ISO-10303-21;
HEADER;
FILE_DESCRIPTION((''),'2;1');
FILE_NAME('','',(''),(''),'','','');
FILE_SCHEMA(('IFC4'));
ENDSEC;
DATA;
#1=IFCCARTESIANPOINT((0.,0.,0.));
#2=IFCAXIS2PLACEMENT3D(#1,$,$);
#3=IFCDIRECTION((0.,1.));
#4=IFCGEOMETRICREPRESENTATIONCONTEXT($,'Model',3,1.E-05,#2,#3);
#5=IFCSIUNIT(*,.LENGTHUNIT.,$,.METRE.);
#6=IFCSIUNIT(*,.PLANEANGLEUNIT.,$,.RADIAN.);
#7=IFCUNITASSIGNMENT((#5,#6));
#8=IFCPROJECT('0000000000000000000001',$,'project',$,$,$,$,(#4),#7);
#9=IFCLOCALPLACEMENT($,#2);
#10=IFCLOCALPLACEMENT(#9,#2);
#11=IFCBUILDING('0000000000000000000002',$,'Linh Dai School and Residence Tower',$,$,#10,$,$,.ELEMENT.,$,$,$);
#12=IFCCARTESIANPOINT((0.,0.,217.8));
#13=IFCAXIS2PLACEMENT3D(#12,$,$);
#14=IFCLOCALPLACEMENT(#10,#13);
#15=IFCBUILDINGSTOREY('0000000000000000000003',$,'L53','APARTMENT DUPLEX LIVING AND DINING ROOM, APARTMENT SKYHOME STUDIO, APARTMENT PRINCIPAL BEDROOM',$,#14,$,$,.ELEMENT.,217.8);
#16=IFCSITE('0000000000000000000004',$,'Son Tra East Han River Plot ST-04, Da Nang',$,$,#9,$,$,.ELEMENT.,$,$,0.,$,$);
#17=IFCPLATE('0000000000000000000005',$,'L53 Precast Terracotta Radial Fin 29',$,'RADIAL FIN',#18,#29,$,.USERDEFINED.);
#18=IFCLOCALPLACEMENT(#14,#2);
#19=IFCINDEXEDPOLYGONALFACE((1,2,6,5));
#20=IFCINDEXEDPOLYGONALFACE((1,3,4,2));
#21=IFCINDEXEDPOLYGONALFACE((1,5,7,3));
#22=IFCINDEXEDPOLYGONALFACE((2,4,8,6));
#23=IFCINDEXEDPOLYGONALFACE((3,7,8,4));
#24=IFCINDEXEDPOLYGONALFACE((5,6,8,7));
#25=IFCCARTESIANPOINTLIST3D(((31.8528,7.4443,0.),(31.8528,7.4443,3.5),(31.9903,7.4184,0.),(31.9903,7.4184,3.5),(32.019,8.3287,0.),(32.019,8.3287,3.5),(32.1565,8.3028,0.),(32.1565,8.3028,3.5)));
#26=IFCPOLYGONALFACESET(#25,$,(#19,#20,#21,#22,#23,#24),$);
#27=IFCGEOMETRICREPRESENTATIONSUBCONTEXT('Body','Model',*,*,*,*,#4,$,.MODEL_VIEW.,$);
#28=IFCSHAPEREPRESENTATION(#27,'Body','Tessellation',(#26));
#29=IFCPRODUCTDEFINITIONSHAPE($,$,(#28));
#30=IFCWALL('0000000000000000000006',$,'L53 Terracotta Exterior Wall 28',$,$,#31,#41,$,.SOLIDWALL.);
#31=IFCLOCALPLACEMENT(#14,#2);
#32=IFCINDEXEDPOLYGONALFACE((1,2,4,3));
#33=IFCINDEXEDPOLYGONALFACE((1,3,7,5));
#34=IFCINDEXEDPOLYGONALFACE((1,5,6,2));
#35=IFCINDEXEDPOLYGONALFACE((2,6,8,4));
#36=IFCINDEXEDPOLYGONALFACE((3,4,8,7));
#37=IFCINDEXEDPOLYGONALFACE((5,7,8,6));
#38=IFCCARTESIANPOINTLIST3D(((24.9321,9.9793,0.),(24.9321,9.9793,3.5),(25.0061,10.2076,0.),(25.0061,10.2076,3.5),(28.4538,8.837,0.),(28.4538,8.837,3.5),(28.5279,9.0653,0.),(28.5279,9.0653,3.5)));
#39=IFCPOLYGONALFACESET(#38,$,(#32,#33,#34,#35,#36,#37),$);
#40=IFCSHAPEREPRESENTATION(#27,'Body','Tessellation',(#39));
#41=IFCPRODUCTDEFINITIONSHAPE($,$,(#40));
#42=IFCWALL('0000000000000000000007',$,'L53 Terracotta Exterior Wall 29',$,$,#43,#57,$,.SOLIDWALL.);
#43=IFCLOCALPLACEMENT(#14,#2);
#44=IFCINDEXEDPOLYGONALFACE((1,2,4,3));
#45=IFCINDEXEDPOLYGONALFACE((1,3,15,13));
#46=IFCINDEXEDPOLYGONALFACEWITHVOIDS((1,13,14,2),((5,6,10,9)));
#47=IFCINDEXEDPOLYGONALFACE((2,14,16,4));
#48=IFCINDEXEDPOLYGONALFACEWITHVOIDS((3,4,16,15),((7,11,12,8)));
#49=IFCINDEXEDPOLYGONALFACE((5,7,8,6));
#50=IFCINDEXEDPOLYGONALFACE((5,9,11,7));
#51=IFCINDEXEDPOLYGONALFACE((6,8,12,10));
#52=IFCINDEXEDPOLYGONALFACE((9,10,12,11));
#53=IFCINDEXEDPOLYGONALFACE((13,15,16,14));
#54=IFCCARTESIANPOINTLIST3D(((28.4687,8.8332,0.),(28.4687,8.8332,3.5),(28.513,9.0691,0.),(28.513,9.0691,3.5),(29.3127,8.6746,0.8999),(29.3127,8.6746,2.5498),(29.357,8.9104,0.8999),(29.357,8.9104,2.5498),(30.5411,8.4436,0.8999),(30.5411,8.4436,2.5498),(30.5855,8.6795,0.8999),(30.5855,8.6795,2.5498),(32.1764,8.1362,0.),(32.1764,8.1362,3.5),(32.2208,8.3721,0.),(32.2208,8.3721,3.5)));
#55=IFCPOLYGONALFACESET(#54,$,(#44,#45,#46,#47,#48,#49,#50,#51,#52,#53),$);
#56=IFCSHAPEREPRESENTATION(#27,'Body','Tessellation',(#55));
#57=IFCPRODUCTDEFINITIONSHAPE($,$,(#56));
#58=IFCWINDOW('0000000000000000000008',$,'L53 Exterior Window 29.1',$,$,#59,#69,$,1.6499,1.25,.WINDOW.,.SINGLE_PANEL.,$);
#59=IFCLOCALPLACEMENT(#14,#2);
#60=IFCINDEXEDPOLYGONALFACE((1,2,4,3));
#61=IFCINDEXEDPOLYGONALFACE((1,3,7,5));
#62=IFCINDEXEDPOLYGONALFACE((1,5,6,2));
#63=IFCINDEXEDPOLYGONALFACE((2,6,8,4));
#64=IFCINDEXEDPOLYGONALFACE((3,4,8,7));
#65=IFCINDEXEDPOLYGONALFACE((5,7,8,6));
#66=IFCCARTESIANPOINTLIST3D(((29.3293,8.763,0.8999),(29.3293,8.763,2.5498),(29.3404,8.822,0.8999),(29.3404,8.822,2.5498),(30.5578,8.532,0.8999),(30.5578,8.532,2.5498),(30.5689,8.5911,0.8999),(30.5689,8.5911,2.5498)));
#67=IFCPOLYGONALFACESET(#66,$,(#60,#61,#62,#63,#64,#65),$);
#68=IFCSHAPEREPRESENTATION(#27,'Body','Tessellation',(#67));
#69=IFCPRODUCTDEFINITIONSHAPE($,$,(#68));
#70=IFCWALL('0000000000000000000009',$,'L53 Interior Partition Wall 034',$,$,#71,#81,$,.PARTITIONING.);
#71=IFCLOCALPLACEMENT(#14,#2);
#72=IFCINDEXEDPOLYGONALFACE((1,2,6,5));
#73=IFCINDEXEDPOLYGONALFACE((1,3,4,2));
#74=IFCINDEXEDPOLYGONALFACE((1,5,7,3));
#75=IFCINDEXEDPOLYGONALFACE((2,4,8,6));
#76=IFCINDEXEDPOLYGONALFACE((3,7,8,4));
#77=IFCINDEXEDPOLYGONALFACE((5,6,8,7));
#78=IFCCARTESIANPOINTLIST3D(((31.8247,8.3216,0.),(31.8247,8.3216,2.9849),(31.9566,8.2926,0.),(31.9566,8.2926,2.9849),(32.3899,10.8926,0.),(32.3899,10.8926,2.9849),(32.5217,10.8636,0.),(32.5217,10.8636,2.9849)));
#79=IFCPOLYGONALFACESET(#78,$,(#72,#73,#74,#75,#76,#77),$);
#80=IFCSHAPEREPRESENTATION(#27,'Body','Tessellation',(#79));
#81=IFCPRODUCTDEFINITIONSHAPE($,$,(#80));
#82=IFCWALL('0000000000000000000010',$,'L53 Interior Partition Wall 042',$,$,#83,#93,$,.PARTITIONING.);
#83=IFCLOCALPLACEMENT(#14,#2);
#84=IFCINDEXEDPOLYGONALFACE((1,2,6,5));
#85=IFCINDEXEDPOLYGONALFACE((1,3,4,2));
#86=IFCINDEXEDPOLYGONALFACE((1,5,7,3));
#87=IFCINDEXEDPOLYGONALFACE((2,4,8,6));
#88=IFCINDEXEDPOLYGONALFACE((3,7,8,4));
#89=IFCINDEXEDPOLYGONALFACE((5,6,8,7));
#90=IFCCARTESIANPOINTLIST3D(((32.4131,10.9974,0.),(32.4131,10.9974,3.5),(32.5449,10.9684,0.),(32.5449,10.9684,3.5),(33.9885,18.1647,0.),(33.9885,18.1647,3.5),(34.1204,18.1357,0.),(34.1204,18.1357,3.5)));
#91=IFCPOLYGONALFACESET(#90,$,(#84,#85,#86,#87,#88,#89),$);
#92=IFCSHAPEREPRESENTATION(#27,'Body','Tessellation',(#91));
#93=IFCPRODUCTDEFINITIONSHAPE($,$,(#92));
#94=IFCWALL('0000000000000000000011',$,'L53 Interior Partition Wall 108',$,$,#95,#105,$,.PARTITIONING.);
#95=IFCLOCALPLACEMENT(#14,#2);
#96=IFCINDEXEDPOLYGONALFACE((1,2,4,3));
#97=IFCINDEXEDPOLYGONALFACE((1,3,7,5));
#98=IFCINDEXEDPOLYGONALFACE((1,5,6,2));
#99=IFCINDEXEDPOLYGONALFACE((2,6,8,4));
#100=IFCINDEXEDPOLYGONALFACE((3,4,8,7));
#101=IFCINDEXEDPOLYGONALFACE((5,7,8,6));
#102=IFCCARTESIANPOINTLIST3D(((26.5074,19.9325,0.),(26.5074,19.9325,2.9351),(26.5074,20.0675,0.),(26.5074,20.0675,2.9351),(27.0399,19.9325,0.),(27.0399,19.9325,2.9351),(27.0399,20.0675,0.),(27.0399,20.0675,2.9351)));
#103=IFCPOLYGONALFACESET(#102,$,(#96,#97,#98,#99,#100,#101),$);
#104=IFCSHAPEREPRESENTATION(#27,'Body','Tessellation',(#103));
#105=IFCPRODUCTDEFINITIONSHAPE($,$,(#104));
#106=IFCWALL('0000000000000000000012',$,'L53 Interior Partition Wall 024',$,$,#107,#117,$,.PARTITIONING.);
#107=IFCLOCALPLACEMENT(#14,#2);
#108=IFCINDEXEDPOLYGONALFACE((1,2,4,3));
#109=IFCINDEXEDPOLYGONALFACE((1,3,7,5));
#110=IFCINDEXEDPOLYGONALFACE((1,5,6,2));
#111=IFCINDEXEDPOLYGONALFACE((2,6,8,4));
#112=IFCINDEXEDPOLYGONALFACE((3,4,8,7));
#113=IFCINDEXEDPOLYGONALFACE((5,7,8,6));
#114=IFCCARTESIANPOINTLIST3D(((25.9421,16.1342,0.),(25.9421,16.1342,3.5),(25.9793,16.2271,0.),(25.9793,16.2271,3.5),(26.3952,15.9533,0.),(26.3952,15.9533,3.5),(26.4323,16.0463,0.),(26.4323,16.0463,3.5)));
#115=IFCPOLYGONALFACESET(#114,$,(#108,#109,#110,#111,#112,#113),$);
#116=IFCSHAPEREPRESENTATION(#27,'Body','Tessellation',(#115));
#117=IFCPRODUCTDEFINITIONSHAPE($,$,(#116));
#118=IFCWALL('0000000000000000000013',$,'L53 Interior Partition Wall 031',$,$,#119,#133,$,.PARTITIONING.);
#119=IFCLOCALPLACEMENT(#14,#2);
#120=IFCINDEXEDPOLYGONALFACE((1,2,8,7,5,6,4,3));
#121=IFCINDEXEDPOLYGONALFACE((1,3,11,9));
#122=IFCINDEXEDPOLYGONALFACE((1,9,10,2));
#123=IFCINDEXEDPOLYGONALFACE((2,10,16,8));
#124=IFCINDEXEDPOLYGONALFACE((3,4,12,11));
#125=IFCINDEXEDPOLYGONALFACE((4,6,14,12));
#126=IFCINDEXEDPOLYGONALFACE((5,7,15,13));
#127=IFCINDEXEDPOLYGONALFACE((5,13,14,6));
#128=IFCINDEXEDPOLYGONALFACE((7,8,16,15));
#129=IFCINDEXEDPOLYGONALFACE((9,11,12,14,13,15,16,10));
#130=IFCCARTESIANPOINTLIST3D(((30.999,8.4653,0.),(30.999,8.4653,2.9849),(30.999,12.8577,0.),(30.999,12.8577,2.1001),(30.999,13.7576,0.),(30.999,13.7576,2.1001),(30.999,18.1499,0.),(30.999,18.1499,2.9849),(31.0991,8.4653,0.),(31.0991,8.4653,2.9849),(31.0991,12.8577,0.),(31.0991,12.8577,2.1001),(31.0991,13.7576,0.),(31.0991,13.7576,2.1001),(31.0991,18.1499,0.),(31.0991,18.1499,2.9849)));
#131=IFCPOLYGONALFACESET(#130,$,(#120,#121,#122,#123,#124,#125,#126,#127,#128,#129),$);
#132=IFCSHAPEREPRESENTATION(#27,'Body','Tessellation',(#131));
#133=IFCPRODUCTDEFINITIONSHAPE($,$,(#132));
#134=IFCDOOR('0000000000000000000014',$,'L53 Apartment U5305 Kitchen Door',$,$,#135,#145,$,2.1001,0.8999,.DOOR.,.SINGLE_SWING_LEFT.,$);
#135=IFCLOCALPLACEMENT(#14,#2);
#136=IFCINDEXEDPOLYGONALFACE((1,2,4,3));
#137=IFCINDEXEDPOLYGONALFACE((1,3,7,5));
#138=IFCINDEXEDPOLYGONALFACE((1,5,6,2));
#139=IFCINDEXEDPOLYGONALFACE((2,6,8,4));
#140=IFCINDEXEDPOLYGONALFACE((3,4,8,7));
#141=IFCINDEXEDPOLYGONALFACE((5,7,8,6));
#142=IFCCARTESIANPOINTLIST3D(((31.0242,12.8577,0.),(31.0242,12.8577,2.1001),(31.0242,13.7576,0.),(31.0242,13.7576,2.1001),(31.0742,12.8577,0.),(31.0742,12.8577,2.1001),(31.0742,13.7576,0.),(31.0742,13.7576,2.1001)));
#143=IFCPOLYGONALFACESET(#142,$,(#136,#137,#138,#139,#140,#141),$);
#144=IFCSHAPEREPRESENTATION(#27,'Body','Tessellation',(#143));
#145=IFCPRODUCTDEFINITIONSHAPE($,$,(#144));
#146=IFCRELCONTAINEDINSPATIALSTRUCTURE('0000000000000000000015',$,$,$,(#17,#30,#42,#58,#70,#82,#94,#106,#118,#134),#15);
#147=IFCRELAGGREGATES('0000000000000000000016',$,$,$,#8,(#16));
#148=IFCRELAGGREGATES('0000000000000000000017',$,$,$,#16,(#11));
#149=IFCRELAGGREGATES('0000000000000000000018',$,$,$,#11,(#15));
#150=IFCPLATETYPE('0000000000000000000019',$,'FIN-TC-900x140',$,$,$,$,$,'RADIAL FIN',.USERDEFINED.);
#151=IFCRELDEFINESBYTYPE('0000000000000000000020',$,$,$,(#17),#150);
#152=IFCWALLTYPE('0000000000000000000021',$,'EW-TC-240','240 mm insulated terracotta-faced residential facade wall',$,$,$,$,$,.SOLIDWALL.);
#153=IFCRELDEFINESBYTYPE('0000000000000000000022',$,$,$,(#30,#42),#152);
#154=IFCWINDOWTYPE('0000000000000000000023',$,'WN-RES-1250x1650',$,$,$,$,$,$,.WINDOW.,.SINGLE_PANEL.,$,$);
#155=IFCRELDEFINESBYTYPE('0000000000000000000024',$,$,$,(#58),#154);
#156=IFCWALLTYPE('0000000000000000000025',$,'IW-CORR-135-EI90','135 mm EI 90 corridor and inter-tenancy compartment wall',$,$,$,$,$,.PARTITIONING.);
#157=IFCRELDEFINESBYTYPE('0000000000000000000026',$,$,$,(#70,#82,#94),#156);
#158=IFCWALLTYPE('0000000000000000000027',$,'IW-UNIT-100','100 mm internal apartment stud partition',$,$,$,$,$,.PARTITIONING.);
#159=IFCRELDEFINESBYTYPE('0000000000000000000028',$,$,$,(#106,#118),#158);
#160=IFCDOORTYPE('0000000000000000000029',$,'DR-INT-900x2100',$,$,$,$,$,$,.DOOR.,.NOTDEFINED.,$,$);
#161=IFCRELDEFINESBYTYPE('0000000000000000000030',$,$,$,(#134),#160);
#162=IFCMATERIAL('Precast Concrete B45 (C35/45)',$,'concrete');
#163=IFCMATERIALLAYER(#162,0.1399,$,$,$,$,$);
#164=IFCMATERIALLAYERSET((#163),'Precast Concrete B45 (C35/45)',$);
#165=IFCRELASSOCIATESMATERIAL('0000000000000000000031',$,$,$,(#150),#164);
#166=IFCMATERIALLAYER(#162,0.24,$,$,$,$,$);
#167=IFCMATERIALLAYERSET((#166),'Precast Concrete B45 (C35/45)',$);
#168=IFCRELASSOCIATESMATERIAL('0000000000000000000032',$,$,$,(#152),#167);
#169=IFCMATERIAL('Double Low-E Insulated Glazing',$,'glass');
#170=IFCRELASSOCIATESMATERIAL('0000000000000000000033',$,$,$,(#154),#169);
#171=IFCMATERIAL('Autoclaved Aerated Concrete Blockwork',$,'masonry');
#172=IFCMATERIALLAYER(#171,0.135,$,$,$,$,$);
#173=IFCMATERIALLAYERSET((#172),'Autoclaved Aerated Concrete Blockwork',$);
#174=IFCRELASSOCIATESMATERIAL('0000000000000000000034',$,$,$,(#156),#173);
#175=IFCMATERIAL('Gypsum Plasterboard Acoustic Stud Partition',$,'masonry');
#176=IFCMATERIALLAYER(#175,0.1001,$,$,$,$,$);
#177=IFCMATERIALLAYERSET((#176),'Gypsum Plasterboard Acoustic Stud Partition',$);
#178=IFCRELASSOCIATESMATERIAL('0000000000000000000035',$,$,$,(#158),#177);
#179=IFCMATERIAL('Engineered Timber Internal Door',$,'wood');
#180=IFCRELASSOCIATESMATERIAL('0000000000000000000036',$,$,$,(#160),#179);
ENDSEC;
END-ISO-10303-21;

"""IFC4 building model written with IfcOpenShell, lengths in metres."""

from ifc_helpers import new_model, si_unit, direction, frame, frame_2d, origin, origin_2d, place, context, subcontext, project, spatial, rectangle, extrude, source, transform, mapped, material, layer, layer_set, type_object, element, fill, save


model = new_model("IFC4")

# Units and contexts
model_context = context("Model", 3, precision=1e-05, world=origin(), true_north=direction((0.0, 1.0)))
body_context = subcontext(model_context, "Body", "Model", "MODEL_VIEW")
ifc_project = project(units=[si_unit("LENGTHUNIT", "METRE"), si_unit("PLANEANGLEUNIT", "RADIAN")], contexts=[model_context])

# Site, building, storey
site_placement = place(None, origin())
site = spatial("IfcSite", under=ifc_project, at=site_placement, Name="Son Tra East Han River Plot ST-04, Da Nang", CompositionType="ELEMENT", RefElevation=0.0)
building_placement = place(site_placement, origin())
building = spatial("IfcBuilding", under=site, at=building_placement, Name="Linh Dai School and Residence Tower", CompositionType="ELEMENT")
storey_placement = place(building_placement, frame((0.0, 0.0, 217.8)))
storey = spatial("IfcBuildingStorey", under=building, at=storey_placement, Name="L53", Description="APARTMENT DUPLEX LIVING AND DINING ROOM, APARTMENT SKYHOME STUDIO, APARTMENT PRINCIPAL BEDROOM", CompositionType="ELEMENT", Elevation=217.8)

# Plate
ifc_material_1 = material(Name="Precast Concrete B45 (C35/45)", Category="concrete")
ifc_layer_1 = layer(ifc_material_1, 0.1399)
ifc_layer_set_1 = layer_set([ifc_layer_1], Name="Precast Concrete B45 (C35/45)")
plate_type = type_object("IfcPlateType", Name="FIN-TC-900x140", ElementType="RADIAL FIN", PredefinedType="USERDEFINED", material=ifc_layer_set_1)
shared_shape_1 = source(origin(), body_context, "Body", "SweptSolid", [
    extrude(rectangle(XDim=0.8999, YDim=0.1399, at=origin_2d()), origin(), (0.0, 0.0, 1.0), 3.5),
])
plate_placement = place(storey_placement, frame((32.0046, 7.8735, 0.0), z_axis=(0.0, 0.0, 1.0), x_axis=(-0.184744, -0.982787, 0.0)))
element("IfcPlate", 1, at=plate_placement, inside=storey, type_object=plate_type, Name="L53 Precast Terracotta Radial Fin 29", ObjectType="RADIAL FIN", PredefinedType="USERDEFINED", context=body_context, shape_type="MappedRepresentation", body=[
    mapped(shared_shape_1, transform((0.0, 0.0, 0.0), x_axis=(1.0, 0.0, 0.0), y_axis=(0.0, 1.0, 0.0), z_axis=(0.0, 0.0, 1.0), scale=1.0)),
])

# Wall
ifc_layer_2 = layer(ifc_material_1, 0.24)
ifc_layer_set_2 = layer_set([ifc_layer_2], Name="Precast Concrete B45 (C35/45)")
wall_type_1 = type_object("IfcWallType", Name="EW-TC-240", Description="240 mm insulated terracotta-faced residential facade wall", PredefinedType="SOLIDWALL", material=ifc_layer_set_2)
wall_1_placement = place(storey_placement, frame((28.4907, 8.9512, 0.0), z_axis=(0.0, 0.0, 1.0), x_axis=(-0.951211, 0.308542, 0.0)))
element("IfcWall", 2, at=wall_1_placement, inside=storey, type_object=wall_type_1, Name="L53 Terracotta Exterior Wall 28", PredefinedType="SOLIDWALL", context=body_context, shape_type="SweptSolid", body=[
    extrude(rectangle(XDim=3.7024, YDim=0.24, at=frame_2d((1.8511, 0.0))), origin(), (0.0, 0.0, 1.0), 3.5),
])

# Wall, opening, window
wall_2_placement = place(storey_placement, frame((32.1985, 8.2542, 0.0), z_axis=(0.0, 0.0, 1.0), x_axis=(-0.982785, 0.184753, 0.0)))
wall_2 = element("IfcWall", 3, at=wall_2_placement, inside=storey, type_object=wall_type_1, Name="L53 Terracotta Exterior Wall 29", PredefinedType="SOLIDWALL", context=body_context, shape_type="SweptSolid", body=[
    extrude(rectangle(XDim=3.7727, YDim=0.24, at=frame_2d((1.8862, 0.0))), origin(), (0.0, 0.0, 1.0), 3.5),
])
opening_1_placement = place(wall_2_placement, frame((1.6638, 0.0, 0.8999)))
opening_1 = element("IfcOpeningElement", 4, at=opening_1_placement, cuts=wall_2, PredefinedType="OPENING", context=body_context, shape_type="SweptSolid", body=[
    extrude(rectangle(XDim=1.25, YDim=1.6499, at=origin_2d()), frame((0.625, 0.1299, 0.825), z_axis=(0.0, -1.0, 0.0), x_axis=(1.0, 0.0, 0.0)), (0.0, 0.0, 1.0), 0.26),
])
ifc_material_2 = material(Name="Double Low-E Insulated Glazing", Category="glass")
window_type = type_object("IfcWindowType", Name="WN-RES-1250x1650", PartitioningType="SINGLE_PANEL", PredefinedType="WINDOW", material=ifc_material_2)
shared_shape_2 = source(origin(), body_context, "Body", "SweptSolid", [
    extrude(rectangle(XDim=1.25, YDim=1.6499, at=origin_2d()), frame((0.625, 0.03, 0.825), z_axis=(0.0, -1.0, 0.0), x_axis=(1.0, 0.0, 0.0)), (0.0, 0.0, 1.0), 0.0601),
])
window_placement = place(opening_1_placement, origin())
window = element("IfcWindow", 5, at=window_placement, inside=storey, type_object=window_type, Name="L53 Exterior Window 29.1", OverallHeight=1.6499, OverallWidth=1.25, PartitioningType="SINGLE_PANEL", PredefinedType="WINDOW", context=body_context, shape_type="MappedRepresentation", body=[
    mapped(shared_shape_2, transform((0.0, 0.0, 0.0), x_axis=(1.0, 0.0, 0.0), y_axis=(0.0, 1.0, 0.0), z_axis=(0.0, 0.0, 1.0), scale=1.0)),
])
fill(opening_1, window)

# Walls
ifc_material_3 = material(Name="Autoclaved Aerated Concrete Blockwork", Category="masonry")
ifc_layer_3 = layer(ifc_material_3, 0.135)
ifc_layer_set_3 = layer_set([ifc_layer_3], Name="Autoclaved Aerated Concrete Blockwork")
wall_type_2 = type_object("IfcWallType", Name="IW-CORR-135-EI90", Description="135 mm EI 90 corridor and inter-tenancy compartment wall", PredefinedType="PARTITIONING", material=ifc_layer_set_3)
wall_3_placement = place(storey_placement, frame((31.8906, 8.3071, 0.0), z_axis=(0.0, 0.0, 1.0), x_axis=(0.214701, 0.97668, 0.0)))
element("IfcWall", 6, at=wall_3_placement, inside=storey, type_object=wall_type_2, Name="L53 Interior Partition Wall 034", PredefinedType="PARTITIONING", context=body_context, shape_type="SweptSolid", body=[
    extrude(rectangle(XDim=2.6323, YDim=0.135, at=frame_2d((1.3162, 0.0))), origin(), (0.0, 0.0, 1.0), 2.9849),
])
wall_4_placement = place(storey_placement, frame((32.479, 10.9829, 0.0), z_axis=(0.0, 0.0, 1.0), x_axis=(0.214686, 0.976683, 0.0)))
element("IfcWall", 7, at=wall_4_placement, inside=storey, type_object=wall_type_2, Name="L53 Interior Partition Wall 042", PredefinedType="PARTITIONING", context=body_context, shape_type="SweptSolid", body=[
    extrude(rectangle(XDim=7.3384, YDim=0.135, at=frame_2d((3.6692, 0.0))), origin(), (0.0, 0.0, 1.0), 3.5),
])
wall_5_placement = place(storey_placement, frame((26.5076, 20.0, 0.0), z_axis=(0.0, 0.0, 1.0), x_axis=(1.0, 0.0, 0.0)))
element("IfcWall", 8, at=wall_5_placement, inside=storey, type_object=wall_type_2, Name="L53 Interior Partition Wall 108", PredefinedType="PARTITIONING", context=body_context, shape_type="SweptSolid", body=[
    extrude(rectangle(XDim=0.5325, YDim=0.135, at=frame_2d((0.2661, 0.0))), origin(), (0.0, 0.0, 1.0), 2.9351),
])

# Wall
ifc_material_4 = material(Name="Gypsum Plasterboard Acoustic Stud Partition", Category="masonry")
ifc_layer_4 = layer(ifc_material_4, 0.1001)
ifc_layer_set_4 = layer_set([ifc_layer_4], Name="Gypsum Plasterboard Acoustic Stud Partition")
wall_type_3 = type_object("IfcWallType", Name="IW-UNIT-100", Description="100 mm internal apartment stud partition", PredefinedType="PARTITIONING", material=ifc_layer_set_4)
wall_6_placement = place(storey_placement, frame((25.9607, 16.1807, 0.0), z_axis=(0.0, 0.0, 1.0), x_axis=(0.928718, -0.370787, 0.0)))
element("IfcWall", 9, at=wall_6_placement, inside=storey, type_object=wall_type_3, Name="L53 Interior Partition Wall 024", PredefinedType="PARTITIONING", context=body_context, shape_type="SweptSolid", body=[
    extrude(rectangle(XDim=0.4878, YDim=0.1001, at=frame_2d((0.2439, 0.0))), origin(), (0.0, 0.0, 1.0), 3.5),
])

# Wall, opening, door
wall_7_placement = place(storey_placement, frame((31.0491, 8.4653, 0.0), z_axis=(0.0, 0.0, 1.0), x_axis=(0.0, 1.0, 0.0)))
wall_7 = element("IfcWall", 10, at=wall_7_placement, inside=storey, type_object=wall_type_3, Name="L53 Interior Partition Wall 031", PredefinedType="PARTITIONING", context=body_context, shape_type="SweptSolid", body=[
    extrude(rectangle(XDim=9.6846, YDim=0.1001, at=frame_2d((4.8423, 0.0))), origin(), (0.0, 0.0, 1.0), 2.9849),
])
opening_2_placement = place(wall_7_placement, frame((4.3923, 0.0, 0.0)))
opening_2 = element("IfcOpeningElement", 11, at=opening_2_placement, cuts=wall_7, PredefinedType="OPENING", context=body_context, shape_type="SweptSolid", body=[
    extrude(rectangle(XDim=0.8999, YDim=2.1001, at=origin_2d()), frame((0.45, 0.0601, 1.05), z_axis=(0.0, -1.0, 0.0), x_axis=(1.0, 0.0, 0.0)), (0.0, 0.0, 1.0), 0.1201),
])
ifc_material_5 = material(Name="Engineered Timber Internal Door", Category="wood")
door_type_1 = type_object("IfcDoorType", Name="DR-INT-900x2100", OperationType="NOTDEFINED", PredefinedType="DOOR", material=ifc_material_5)
shared_shape_3 = source(origin(), body_context, "Body", "SweptSolid", [
    extrude(rectangle(XDim=0.8999, YDim=2.1001, at=origin_2d()), frame((0.45, 0.0249, 1.05), z_axis=(0.0, -1.0, 0.0), x_axis=(1.0, 0.0, 0.0)), (0.0, 0.0, 1.0), 0.05),
])
door_1_placement = place(opening_2_placement, origin())
door_1 = element("IfcDoor", 12, at=door_1_placement, inside=storey, type_object=door_type_1, Name="L53 Apartment U5305 Kitchen Door", OperationType="SINGLE_SWING_LEFT", OverallHeight=2.1001, OverallWidth=0.8999, PredefinedType="DOOR", context=body_context, shape_type="MappedRepresentation", body=[
    mapped(shared_shape_3, transform((0.0, 0.0, 0.0), x_axis=(1.0, 0.0, 0.0), y_axis=(0.0, 1.0, 0.0), z_axis=(0.0, 0.0, 1.0), scale=1.0)),
])
fill(opening_2, door_1)

save(model, "model.ifc")
